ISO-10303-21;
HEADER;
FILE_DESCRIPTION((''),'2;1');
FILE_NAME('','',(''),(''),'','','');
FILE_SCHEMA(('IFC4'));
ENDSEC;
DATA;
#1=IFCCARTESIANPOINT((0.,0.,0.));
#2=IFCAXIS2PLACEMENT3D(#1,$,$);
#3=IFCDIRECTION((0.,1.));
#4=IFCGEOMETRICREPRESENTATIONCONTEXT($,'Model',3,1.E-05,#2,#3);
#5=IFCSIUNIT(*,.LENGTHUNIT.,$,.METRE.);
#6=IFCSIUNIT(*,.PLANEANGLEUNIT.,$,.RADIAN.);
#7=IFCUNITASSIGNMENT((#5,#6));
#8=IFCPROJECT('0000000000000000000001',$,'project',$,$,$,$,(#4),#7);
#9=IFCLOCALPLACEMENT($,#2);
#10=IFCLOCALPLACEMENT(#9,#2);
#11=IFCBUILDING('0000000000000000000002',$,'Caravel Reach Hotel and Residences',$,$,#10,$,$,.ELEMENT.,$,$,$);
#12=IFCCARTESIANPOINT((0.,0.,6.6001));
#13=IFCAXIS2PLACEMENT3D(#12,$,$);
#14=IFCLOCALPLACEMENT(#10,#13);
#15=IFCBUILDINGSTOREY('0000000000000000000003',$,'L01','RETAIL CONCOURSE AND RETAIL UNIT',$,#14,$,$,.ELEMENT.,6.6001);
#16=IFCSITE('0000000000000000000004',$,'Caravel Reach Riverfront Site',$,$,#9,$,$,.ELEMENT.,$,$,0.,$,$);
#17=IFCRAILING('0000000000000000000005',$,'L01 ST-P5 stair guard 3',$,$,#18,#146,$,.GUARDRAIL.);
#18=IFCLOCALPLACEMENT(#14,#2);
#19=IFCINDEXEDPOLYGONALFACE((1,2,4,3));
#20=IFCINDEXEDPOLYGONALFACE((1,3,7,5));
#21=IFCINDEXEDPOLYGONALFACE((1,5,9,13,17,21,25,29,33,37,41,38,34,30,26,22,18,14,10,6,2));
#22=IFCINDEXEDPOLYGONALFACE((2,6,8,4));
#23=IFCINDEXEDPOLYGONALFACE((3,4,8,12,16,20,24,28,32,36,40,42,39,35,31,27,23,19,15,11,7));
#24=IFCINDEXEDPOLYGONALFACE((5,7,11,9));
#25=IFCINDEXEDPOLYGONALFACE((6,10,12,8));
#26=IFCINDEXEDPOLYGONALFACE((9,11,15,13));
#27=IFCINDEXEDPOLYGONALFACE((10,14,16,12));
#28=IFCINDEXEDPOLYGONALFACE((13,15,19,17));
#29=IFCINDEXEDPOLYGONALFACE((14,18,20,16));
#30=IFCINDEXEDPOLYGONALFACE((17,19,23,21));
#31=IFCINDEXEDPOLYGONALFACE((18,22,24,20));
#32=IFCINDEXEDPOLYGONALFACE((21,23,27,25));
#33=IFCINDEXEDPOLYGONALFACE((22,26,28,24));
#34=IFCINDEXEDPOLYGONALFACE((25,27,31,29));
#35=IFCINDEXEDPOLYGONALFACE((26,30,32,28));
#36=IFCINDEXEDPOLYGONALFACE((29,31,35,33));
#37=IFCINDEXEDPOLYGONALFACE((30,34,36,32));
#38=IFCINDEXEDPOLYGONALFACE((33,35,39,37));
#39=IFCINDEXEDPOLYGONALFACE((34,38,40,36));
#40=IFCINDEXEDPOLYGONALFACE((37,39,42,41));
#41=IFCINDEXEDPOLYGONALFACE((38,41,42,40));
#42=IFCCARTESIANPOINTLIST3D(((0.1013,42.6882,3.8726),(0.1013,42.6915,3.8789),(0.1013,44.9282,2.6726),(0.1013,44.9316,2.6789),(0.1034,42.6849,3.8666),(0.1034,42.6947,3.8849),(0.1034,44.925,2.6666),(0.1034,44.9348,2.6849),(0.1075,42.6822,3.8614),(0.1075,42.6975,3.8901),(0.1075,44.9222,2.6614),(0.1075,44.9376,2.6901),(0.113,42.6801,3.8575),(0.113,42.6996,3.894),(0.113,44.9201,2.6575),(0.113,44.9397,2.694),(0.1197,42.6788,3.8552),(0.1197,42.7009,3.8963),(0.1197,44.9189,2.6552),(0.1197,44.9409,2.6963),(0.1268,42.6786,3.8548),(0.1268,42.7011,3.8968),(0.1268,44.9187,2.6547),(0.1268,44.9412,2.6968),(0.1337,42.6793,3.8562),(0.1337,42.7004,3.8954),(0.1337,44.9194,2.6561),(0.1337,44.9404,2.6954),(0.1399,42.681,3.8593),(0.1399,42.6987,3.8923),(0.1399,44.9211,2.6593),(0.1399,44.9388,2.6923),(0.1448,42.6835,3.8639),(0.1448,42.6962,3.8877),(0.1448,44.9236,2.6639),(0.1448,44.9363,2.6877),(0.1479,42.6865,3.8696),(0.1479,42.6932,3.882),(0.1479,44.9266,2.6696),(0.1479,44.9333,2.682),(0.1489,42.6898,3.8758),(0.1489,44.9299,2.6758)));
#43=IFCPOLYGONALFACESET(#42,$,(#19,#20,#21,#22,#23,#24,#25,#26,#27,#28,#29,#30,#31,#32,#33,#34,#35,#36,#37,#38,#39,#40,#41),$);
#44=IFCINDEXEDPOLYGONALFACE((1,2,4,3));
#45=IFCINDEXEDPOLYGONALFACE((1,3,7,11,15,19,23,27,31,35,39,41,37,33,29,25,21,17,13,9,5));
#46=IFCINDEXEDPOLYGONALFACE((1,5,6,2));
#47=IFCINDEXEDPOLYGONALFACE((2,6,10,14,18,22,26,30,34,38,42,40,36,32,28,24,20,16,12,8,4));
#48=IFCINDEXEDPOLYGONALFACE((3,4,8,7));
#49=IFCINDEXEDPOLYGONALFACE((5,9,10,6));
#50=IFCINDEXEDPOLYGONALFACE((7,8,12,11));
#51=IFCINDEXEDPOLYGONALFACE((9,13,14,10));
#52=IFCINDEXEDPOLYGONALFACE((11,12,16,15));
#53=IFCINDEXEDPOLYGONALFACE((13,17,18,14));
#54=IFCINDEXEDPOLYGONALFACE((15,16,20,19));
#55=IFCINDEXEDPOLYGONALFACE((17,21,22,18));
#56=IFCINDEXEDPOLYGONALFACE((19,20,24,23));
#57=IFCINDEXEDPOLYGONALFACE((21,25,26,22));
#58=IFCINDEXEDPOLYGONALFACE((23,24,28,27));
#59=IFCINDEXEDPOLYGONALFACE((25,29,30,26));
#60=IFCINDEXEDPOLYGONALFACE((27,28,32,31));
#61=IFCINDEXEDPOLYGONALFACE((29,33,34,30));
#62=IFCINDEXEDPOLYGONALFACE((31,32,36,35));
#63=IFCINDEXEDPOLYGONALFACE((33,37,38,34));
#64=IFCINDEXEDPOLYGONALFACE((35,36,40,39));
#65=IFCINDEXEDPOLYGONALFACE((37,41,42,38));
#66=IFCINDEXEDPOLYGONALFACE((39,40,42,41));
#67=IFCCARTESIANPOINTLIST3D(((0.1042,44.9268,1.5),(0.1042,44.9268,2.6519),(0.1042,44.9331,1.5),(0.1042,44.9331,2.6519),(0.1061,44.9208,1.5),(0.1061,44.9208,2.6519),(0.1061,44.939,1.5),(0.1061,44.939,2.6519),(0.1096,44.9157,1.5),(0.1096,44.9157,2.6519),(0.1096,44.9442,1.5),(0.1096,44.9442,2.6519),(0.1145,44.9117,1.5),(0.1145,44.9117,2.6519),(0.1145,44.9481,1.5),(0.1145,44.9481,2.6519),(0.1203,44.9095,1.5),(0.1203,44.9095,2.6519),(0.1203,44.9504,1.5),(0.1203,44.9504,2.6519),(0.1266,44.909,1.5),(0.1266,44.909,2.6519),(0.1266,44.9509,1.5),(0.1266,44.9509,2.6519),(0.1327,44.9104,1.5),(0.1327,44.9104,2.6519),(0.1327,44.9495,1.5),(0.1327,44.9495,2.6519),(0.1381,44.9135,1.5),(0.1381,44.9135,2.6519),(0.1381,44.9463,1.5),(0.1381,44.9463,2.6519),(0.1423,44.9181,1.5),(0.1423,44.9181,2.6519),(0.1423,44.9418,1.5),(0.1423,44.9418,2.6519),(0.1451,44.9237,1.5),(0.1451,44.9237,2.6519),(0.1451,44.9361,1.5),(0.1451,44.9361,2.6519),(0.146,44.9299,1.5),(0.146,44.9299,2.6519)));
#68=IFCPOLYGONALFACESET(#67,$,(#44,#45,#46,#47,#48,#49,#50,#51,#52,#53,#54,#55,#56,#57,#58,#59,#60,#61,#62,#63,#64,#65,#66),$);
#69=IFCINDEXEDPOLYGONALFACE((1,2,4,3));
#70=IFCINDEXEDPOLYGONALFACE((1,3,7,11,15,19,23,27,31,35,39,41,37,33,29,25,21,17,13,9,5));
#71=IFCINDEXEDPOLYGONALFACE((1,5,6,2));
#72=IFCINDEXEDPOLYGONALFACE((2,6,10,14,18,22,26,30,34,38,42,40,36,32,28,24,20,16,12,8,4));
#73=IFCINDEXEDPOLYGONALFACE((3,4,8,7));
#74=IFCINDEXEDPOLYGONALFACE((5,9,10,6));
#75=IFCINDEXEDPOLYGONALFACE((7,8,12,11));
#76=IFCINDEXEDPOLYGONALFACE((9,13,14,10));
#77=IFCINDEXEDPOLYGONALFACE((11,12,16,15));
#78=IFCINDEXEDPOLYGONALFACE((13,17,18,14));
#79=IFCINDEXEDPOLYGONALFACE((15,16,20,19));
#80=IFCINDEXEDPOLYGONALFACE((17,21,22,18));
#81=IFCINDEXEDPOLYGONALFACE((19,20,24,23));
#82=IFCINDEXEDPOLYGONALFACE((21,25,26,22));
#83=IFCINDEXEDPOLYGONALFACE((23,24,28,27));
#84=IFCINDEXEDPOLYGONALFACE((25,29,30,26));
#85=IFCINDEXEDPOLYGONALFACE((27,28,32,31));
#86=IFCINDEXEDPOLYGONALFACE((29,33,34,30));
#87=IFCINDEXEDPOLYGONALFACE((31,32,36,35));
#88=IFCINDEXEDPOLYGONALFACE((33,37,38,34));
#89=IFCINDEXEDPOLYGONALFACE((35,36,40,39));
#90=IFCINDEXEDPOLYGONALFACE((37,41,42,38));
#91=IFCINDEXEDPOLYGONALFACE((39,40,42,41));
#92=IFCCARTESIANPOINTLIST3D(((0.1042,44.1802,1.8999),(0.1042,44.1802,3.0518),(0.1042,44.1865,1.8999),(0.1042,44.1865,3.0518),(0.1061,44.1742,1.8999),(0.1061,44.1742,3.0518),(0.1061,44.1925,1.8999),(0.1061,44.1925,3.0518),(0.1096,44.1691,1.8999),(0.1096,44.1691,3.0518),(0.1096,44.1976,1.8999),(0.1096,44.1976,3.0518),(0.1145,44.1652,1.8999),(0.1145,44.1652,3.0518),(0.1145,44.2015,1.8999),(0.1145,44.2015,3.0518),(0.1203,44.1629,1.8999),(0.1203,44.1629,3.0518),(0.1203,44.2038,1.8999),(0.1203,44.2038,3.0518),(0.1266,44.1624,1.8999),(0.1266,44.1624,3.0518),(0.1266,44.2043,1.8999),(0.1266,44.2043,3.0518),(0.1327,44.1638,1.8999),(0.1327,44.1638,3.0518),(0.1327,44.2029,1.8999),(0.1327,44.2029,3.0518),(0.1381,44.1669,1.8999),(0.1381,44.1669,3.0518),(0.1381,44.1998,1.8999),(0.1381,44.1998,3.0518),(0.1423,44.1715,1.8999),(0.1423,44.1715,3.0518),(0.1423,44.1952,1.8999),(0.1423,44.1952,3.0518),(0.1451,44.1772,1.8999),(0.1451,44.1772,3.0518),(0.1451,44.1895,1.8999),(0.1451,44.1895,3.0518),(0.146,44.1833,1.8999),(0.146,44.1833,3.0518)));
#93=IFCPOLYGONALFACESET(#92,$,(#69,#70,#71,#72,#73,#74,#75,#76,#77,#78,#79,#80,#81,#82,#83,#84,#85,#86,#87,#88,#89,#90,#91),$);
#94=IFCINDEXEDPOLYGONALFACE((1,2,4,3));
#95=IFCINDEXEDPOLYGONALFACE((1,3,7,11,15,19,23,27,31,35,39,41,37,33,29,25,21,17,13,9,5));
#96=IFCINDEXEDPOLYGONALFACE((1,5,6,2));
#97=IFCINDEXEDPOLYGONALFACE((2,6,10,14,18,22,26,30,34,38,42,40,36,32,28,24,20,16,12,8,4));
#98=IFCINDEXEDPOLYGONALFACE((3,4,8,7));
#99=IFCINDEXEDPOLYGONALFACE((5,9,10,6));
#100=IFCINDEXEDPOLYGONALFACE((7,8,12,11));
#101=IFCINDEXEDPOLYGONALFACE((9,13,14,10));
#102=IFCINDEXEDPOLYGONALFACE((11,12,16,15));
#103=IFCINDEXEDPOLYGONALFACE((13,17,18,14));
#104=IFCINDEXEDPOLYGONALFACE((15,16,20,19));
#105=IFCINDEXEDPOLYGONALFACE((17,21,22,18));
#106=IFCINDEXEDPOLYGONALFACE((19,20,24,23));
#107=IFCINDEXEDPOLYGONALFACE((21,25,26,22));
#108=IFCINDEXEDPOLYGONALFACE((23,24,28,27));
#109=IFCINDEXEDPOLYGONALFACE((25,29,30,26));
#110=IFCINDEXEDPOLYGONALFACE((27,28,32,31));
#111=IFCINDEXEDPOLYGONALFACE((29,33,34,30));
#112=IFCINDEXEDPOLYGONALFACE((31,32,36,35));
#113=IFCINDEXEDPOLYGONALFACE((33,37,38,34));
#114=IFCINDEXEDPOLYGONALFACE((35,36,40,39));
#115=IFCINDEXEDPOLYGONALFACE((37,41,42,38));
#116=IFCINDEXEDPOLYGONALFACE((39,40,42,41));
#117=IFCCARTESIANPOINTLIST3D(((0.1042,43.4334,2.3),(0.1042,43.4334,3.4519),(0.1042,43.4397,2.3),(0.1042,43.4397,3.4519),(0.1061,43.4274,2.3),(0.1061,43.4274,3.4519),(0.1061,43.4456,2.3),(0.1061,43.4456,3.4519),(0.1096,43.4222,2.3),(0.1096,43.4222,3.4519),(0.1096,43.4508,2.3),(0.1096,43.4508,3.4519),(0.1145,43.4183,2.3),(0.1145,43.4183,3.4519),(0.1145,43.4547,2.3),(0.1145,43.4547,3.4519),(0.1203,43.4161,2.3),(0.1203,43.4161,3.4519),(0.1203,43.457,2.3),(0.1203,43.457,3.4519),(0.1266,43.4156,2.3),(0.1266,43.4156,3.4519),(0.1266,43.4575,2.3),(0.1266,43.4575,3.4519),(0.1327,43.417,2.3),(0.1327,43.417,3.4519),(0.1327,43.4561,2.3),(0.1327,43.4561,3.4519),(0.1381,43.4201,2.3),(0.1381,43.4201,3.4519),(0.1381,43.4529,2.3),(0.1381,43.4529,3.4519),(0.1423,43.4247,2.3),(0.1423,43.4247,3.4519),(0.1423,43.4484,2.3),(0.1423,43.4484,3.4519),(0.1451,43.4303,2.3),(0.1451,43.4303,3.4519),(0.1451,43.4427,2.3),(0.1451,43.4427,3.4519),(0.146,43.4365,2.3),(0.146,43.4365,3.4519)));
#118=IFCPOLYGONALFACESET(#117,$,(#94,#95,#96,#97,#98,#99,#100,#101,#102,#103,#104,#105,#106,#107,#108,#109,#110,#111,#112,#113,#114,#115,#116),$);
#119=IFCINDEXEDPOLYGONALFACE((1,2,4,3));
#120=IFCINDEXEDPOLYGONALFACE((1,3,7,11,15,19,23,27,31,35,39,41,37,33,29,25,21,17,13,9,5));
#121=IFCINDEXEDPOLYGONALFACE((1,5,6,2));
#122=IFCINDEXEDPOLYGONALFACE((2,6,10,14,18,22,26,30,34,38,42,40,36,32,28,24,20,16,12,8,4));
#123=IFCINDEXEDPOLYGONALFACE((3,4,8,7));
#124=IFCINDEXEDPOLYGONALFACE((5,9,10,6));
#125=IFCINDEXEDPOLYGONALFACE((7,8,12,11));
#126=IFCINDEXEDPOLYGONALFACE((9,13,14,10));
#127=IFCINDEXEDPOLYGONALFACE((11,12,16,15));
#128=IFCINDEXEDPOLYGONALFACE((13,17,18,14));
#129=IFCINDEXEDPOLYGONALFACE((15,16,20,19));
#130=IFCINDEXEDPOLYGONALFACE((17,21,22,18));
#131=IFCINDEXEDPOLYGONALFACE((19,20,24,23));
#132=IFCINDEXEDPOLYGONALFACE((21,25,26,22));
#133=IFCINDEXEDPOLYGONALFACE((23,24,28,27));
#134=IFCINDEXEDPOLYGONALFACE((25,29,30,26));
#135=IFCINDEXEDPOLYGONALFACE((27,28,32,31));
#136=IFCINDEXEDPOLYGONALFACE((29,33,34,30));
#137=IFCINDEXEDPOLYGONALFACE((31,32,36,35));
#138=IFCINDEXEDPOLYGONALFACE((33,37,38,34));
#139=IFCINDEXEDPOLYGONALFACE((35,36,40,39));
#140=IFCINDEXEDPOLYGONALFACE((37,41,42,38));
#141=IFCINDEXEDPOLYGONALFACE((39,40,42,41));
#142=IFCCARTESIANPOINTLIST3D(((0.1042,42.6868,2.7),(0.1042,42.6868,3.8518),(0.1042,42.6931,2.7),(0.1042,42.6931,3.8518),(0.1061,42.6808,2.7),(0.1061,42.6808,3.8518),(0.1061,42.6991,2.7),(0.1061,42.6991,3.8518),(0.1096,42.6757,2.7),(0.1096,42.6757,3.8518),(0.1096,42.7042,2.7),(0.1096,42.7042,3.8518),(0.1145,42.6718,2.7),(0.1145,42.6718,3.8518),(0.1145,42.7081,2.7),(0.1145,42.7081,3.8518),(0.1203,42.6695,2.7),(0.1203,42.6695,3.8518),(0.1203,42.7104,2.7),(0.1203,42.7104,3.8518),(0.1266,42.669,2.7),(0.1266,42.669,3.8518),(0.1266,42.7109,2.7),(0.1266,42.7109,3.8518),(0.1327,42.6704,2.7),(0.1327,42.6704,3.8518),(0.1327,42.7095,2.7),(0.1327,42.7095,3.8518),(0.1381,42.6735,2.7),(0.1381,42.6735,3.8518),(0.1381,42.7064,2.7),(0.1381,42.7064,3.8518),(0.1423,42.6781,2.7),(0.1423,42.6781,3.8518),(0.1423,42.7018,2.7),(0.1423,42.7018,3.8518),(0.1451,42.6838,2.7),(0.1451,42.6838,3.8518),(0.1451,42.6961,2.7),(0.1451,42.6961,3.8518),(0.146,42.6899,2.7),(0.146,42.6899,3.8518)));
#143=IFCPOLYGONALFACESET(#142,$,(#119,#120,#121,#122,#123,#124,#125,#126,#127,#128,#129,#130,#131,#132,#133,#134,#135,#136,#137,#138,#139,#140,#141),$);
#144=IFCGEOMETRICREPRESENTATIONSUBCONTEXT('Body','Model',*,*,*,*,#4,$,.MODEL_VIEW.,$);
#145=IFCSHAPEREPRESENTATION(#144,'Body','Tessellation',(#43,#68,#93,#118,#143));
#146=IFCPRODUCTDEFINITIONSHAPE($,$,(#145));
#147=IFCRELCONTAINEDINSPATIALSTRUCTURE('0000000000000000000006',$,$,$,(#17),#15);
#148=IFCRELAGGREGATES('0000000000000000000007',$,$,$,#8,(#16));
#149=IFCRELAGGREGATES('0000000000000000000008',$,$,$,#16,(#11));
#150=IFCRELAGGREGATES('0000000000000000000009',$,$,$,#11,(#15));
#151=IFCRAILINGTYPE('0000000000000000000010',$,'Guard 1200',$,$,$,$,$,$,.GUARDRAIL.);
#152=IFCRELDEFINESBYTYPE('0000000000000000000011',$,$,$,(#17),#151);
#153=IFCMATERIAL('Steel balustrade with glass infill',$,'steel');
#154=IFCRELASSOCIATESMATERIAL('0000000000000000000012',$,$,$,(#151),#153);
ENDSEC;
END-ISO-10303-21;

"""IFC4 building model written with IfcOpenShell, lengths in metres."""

from ifc_helpers import new_model, si_unit, direction, frame, origin, origin_2d, place, context, subcontext, project, spatial, circle, extrude, material, type_object, element, save


model = new_model("IFC4")

# Units and contexts
model_context = context("Model", 3, precision=1e-05, world=origin(), true_north=direction((0.0, 1.0)))
body_context = subcontext(model_context, "Body", "Model", "MODEL_VIEW")
ifc_project = project(units=[si_unit("LENGTHUNIT", "METRE"), si_unit("PLANEANGLEUNIT", "RADIAN")], contexts=[model_context])

# Site, building, storey
site_placement = place(None, origin())
site = spatial("IfcSite", under=ifc_project, at=site_placement, Name="Caravel Reach Riverfront Site", CompositionType="ELEMENT", RefElevation=0.0)
building_placement = place(site_placement, origin())
building = spatial("IfcBuilding", under=site, at=building_placement, Name="Caravel Reach Hotel and Residences", CompositionType="ELEMENT")
storey_placement = place(building_placement, frame((0.0, 0.0, 6.6001)))
storey = spatial("IfcBuildingStorey", under=building, at=storey_placement, Name="L01", Description="RETAIL CONCOURSE AND RETAIL UNIT", CompositionType="ELEMENT", Elevation=6.6001)

# Railing
ifc_material_1 = material(Name="Steel balustrade with glass infill", Category="steel")
railing_type_1 = type_object("IfcRailingType", Name="Guard 1200", PredefinedType="GUARDRAIL", material=ifc_material_1)
railing_1_placement = place(storey_placement, frame((0.125, 44.9299, 1.5)))
element("IfcRailing", 1, at=railing_1_placement, inside=storey, type_object=railing_type_1, Name="L01 ST-P5 stair guard 3", PredefinedType="GUARDRAIL", context=body_context, shape_type="SweptSolid", body=[
    extrude(circle(Radius=0.0239, at=origin_2d()), frame((0.0, 0.0, 1.1758), z_axis=(0.0, -0.881487, 0.472208), x_axis=(1.0, 0.0, 0.0)), (0.0, 0.0, 1.0), 2.5413),
    extrude(circle(Radius=0.021, at=origin_2d()), origin(), (0.0, 0.0, 1.0), 1.1519),
    extrude(circle(Radius=0.021, at=origin_2d()), frame((0.0, -0.7466, 0.3999)), (0.0, 0.0, 1.0), 1.1519),
    extrude(circle(Radius=0.021, at=origin_2d()), frame((0.0, -1.4934, 0.8)), (0.0, 0.0, 1.0), 1.1519),
    extrude(circle(Radius=0.021, at=origin_2d()), frame((0.0, -2.24, 1.2)), (0.0, 0.0, 1.0), 1.1519),
])

save(model, "model.ifc")
